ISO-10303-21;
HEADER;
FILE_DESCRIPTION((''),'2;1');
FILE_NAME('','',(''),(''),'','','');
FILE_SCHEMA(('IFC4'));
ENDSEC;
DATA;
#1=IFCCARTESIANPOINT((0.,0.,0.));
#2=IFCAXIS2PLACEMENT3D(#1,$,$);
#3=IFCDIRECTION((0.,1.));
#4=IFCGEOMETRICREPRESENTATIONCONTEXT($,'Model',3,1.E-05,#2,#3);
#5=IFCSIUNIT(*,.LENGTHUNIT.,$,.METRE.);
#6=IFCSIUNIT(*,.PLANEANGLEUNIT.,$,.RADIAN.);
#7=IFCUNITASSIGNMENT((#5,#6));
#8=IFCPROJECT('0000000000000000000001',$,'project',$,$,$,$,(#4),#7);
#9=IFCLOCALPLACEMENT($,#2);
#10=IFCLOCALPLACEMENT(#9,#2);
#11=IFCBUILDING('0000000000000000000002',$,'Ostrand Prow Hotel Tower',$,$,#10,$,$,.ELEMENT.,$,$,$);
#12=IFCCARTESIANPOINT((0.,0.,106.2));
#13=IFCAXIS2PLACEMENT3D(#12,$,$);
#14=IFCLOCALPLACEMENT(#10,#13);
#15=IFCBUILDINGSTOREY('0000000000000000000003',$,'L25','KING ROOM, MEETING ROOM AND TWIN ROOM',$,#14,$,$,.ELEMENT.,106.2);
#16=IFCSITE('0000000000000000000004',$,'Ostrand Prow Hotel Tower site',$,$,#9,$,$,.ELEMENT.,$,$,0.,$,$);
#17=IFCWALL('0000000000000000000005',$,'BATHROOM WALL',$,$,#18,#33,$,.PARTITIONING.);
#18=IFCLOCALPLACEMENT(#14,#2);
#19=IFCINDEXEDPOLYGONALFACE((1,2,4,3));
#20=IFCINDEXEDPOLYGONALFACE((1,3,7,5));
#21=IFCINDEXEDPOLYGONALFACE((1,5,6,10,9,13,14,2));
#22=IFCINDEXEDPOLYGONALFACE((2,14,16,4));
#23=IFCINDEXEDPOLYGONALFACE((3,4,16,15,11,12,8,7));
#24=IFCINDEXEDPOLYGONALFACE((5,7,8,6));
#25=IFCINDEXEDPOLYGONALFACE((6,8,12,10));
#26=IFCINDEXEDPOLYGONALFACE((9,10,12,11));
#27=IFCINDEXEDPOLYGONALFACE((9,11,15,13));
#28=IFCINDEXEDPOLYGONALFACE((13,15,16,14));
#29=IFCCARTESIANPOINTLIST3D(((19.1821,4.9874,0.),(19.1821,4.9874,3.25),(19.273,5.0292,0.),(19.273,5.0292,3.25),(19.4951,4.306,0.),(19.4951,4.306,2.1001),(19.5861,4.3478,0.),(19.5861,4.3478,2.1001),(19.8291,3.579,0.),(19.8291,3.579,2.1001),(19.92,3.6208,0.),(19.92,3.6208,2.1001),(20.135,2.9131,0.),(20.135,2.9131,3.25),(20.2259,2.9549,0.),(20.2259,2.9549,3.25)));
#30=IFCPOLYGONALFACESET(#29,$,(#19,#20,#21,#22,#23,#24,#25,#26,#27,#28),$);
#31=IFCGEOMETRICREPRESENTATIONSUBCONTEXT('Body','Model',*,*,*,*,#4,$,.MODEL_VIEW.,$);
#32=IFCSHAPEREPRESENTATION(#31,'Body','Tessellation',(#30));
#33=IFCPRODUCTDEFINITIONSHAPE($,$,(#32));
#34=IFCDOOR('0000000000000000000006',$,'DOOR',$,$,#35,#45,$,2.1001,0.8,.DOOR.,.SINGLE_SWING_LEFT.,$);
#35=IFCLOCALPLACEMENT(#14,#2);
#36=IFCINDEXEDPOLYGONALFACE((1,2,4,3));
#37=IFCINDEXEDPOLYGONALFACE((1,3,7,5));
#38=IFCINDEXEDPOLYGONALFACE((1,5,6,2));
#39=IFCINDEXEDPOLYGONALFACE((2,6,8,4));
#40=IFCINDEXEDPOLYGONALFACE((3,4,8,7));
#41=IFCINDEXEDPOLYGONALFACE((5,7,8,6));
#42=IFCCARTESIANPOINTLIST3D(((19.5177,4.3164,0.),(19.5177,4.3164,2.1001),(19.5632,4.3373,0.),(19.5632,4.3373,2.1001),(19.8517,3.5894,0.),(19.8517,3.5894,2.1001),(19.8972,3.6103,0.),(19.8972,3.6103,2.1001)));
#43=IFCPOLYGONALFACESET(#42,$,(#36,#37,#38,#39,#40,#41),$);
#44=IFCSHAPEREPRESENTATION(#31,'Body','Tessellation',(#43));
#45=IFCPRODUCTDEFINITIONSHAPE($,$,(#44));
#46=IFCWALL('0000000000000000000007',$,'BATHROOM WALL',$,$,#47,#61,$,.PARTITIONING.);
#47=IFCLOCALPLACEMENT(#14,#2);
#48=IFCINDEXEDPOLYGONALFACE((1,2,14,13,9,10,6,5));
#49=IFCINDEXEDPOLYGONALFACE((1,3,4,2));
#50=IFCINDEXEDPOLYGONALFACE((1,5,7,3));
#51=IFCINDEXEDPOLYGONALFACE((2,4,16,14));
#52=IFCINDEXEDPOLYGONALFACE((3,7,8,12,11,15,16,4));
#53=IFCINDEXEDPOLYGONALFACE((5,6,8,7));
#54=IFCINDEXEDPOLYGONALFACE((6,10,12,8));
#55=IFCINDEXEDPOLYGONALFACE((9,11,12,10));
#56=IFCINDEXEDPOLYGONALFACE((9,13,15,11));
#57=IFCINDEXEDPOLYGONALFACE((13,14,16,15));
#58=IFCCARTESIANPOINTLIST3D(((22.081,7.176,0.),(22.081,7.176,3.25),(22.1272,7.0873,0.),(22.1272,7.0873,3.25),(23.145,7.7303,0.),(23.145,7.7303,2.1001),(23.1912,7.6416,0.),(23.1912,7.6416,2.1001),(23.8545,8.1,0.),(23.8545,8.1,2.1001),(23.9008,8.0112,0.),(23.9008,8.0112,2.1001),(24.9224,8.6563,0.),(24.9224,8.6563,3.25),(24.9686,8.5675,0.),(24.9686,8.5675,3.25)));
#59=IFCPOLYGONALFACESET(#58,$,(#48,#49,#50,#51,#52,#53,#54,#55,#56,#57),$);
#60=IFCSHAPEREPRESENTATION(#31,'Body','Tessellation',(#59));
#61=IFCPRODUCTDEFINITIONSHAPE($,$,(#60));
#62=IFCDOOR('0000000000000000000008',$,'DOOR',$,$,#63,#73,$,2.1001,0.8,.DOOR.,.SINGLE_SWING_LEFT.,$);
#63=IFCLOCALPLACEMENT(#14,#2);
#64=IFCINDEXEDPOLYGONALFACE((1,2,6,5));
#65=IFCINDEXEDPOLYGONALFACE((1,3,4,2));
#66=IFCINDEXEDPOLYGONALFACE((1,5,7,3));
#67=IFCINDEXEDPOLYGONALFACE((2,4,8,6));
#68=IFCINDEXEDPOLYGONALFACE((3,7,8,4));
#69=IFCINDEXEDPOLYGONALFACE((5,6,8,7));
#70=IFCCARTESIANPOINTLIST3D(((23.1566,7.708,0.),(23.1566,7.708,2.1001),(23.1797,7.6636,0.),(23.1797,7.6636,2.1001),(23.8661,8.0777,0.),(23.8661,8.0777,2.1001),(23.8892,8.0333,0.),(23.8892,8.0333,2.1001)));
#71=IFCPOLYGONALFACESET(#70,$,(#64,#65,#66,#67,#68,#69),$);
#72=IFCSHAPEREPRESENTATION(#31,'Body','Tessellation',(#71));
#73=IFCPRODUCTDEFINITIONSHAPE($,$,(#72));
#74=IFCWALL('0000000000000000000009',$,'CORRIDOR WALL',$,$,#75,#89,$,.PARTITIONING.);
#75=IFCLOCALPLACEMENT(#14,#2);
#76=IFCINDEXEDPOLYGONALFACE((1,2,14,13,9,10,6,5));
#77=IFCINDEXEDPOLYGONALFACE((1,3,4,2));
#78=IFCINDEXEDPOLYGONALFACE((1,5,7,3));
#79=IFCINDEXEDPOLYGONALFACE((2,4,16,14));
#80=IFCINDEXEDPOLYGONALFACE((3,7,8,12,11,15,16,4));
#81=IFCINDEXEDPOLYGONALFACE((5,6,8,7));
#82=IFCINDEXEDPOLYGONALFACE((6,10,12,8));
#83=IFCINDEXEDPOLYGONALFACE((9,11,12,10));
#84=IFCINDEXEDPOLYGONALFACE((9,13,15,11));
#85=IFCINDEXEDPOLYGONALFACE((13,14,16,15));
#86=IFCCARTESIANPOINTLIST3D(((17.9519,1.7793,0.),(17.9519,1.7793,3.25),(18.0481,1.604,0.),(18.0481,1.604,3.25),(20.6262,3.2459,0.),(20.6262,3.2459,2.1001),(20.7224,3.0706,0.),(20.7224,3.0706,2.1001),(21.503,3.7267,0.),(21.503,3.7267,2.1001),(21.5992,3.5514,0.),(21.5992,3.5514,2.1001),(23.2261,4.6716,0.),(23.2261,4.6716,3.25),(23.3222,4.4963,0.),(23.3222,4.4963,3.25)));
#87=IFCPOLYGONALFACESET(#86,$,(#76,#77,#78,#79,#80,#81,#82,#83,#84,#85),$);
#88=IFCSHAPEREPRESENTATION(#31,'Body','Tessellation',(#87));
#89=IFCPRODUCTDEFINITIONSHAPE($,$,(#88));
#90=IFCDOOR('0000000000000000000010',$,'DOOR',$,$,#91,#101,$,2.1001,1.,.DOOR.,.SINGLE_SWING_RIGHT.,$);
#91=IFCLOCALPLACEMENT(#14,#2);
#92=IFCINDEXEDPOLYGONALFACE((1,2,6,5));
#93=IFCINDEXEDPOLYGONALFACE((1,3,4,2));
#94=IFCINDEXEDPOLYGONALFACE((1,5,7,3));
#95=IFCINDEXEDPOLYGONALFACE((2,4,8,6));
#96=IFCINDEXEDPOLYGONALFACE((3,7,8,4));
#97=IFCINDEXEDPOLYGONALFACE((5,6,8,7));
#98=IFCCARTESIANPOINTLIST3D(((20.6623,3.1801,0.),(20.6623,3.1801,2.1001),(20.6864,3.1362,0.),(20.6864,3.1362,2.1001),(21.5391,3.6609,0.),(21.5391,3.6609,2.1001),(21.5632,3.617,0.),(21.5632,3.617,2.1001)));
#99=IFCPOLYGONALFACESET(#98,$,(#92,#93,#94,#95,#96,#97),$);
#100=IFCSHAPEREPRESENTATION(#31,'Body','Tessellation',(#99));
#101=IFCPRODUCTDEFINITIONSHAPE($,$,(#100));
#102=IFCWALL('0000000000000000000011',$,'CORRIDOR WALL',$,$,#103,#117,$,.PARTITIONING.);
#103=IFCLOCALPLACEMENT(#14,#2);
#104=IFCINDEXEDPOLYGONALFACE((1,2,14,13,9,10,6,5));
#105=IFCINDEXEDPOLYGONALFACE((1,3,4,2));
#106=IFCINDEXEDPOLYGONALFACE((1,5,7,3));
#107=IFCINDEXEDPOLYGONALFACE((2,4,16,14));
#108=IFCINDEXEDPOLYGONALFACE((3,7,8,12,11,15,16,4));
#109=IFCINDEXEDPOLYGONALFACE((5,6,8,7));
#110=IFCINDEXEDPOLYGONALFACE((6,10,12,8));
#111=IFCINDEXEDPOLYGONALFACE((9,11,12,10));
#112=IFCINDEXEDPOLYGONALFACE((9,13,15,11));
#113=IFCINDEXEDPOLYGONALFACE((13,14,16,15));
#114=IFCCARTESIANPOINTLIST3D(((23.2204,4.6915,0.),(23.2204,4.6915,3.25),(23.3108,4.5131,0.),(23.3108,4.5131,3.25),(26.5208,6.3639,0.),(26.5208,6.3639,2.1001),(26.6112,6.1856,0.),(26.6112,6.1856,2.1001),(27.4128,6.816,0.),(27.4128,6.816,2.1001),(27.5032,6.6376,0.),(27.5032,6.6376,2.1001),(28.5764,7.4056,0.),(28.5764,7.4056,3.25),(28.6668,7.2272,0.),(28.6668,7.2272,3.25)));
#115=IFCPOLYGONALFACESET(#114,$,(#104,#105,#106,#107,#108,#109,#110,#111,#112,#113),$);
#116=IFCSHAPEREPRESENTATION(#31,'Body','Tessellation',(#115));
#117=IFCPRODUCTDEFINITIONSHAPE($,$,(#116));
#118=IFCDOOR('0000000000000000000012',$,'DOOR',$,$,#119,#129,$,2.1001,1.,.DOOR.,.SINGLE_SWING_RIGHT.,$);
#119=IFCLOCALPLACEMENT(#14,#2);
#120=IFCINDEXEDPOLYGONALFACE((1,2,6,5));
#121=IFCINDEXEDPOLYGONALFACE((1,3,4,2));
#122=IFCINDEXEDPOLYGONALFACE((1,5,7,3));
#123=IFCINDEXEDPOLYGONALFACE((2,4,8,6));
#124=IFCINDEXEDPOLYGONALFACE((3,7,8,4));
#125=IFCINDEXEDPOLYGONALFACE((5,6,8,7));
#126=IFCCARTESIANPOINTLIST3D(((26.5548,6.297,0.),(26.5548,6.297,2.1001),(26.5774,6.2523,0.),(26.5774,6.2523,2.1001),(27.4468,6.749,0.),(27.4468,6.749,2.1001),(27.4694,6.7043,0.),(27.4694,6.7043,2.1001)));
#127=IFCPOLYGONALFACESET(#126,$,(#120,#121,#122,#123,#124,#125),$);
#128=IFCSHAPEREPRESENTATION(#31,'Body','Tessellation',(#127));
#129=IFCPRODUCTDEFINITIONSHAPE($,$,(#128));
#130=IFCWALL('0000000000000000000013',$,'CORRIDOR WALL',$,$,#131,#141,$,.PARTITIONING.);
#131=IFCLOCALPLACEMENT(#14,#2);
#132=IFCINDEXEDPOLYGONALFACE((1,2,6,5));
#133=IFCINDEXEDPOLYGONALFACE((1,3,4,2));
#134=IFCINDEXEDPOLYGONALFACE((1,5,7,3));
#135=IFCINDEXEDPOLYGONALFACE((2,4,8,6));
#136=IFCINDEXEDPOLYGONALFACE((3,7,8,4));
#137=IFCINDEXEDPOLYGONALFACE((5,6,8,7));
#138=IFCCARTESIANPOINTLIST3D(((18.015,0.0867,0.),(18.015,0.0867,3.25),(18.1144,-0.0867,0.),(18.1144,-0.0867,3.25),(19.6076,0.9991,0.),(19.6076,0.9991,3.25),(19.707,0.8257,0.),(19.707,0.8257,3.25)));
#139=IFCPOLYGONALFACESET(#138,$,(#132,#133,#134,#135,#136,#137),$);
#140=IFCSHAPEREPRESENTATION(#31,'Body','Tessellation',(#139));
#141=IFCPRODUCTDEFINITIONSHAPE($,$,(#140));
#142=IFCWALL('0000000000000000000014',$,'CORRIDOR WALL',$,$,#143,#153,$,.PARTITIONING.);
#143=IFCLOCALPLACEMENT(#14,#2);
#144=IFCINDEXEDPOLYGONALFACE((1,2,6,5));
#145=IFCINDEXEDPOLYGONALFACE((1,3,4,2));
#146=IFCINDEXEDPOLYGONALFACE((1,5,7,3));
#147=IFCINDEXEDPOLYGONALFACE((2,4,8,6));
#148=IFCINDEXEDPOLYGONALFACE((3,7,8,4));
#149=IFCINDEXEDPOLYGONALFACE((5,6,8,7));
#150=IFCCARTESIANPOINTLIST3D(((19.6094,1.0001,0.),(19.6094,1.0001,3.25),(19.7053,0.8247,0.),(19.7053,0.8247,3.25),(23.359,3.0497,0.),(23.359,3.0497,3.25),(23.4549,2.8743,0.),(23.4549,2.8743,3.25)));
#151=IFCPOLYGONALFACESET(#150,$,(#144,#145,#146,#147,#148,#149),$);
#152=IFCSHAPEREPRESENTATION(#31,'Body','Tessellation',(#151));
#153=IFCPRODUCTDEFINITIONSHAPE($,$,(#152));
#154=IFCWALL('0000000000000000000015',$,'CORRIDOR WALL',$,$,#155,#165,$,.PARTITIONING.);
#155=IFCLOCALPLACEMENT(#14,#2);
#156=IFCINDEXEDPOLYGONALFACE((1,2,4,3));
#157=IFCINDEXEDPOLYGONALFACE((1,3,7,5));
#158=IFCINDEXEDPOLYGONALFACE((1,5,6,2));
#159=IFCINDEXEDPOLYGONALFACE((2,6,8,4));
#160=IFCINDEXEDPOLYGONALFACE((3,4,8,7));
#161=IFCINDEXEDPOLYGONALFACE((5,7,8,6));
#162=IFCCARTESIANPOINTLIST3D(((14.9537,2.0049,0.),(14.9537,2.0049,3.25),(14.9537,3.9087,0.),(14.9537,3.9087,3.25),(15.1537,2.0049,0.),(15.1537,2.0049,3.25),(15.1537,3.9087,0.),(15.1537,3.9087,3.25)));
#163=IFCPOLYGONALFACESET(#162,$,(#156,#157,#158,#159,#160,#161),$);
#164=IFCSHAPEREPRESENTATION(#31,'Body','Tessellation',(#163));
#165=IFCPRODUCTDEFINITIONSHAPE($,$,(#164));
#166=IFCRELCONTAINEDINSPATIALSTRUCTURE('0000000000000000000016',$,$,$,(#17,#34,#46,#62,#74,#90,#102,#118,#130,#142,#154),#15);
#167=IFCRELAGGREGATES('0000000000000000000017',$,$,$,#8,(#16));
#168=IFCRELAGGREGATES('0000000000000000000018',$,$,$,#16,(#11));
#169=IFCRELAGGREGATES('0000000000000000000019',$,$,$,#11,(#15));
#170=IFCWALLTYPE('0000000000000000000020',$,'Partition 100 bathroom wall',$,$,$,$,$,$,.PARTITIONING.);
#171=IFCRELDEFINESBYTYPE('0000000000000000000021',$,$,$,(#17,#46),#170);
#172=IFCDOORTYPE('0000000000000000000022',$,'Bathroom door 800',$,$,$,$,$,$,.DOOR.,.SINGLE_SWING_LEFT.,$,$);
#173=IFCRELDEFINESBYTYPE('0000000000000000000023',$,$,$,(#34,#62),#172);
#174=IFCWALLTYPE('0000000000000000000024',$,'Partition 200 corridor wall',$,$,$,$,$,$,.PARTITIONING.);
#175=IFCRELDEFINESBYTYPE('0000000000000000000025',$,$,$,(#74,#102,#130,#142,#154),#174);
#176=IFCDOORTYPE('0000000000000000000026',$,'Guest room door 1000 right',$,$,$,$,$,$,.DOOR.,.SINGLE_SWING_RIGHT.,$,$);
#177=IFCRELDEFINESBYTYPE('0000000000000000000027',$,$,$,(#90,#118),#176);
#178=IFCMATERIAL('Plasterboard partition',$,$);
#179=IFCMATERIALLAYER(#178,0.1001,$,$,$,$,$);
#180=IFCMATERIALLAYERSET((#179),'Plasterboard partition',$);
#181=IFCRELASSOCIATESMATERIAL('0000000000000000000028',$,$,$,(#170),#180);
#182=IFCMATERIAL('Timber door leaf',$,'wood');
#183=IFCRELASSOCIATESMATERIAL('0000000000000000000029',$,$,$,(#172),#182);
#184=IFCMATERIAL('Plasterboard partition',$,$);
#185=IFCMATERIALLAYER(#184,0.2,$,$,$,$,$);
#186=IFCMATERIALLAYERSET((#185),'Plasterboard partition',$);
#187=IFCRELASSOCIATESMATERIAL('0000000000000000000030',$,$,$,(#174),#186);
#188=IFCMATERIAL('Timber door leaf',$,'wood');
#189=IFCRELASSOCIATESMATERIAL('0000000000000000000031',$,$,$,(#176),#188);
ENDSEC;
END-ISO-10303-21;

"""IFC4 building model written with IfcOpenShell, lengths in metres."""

from ifc_helpers import new_model, si_unit, direction, frame, frame_2d, origin, place, context, subcontext, project, spatial, rectangle, extrude, material, layer, layer_set, type_object, element, fill, save


model = new_model("IFC4")

# Units and contexts
model_context = context("Model", 3, precision=1e-05, world=origin(), true_north=direction((0.0, 1.0)))
body_context = subcontext(model_context, "Body", "Model", "MODEL_VIEW")
ifc_project = project(units=[si_unit("LENGTHUNIT", "METRE"), si_unit("PLANEANGLEUNIT", "RADIAN")], contexts=[model_context])

# Site, building, storey
site_placement = place(None, origin())
site = spatial("IfcSite", under=ifc_project, at=site_placement, Name="Ostrand Prow Hotel Tower site", CompositionType="ELEMENT", RefElevation=0.0)
building_placement = place(site_placement, origin())
building = spatial("IfcBuilding", under=site, at=building_placement, Name="Ostrand Prow Hotel Tower", CompositionType="ELEMENT")
storey_placement = place(building_placement, frame((0.0, 0.0, 106.2)))
storey = spatial("IfcBuildingStorey", under=building, at=storey_placement, Name="L25", Description="KING ROOM, MEETING ROOM AND TWIN ROOM", CompositionType="ELEMENT", Elevation=106.2)

# Shared definitions
ifc_material_1 = material(Name="Plasterboard partition")
ifc_layer_1 = layer(ifc_material_1, 0.1001)
ifc_layer_set_1 = layer_set([ifc_layer_1], Name="Plasterboard partition")
wall_type_1 = type_object("IfcWallType", Name="Partition 100 bathroom wall", PredefinedType="PARTITIONING", material=ifc_layer_set_1)

# Walls, openings, doors
wall_1_placement = place(storey_placement, frame((19.2275, 5.0083, 0.0), z_axis=(0.0, 0.0, 1.0), x_axis=(0.41745, -0.9087, 0.0)))
wall_1 = element("IfcWall", 1, at=wall_1_placement, inside=storey, type_object=wall_type_1, Name="BATHROOM WALL", PredefinedType="PARTITIONING", context=body_context, shape_type="SweptSolid", body=[
    extrude(rectangle(XDim=2.2827, YDim=0.1001, at=frame_2d((1.1414, 0.0))), origin(), (0.0, 0.0, 1.0), 3.25),
])
opening_1_placement = place(wall_1_placement, frame((0.75, 0.0, 0.0)))
opening_1 = element("IfcOpeningElement", 2, at=opening_1_placement, cuts=wall_1, PredefinedType="OPENING", context=body_context, shape_type="SweptSolid", body=[
    extrude(rectangle(XDim=0.8, YDim=2.1001, at=frame_2d((0.3999, 1.05))), frame((0.0, 0.0601, 0.0), z_axis=(0.0, -1.0, 0.0), x_axis=(1.0, 0.0, 0.0)), (0.0, 0.0, 1.0), 0.1201),
])
ifc_material_2 = material(Name="Timber door leaf", Category="wood")
door_type_1 = type_object("IfcDoorType", Name="Bathroom door 800", OperationType="SINGLE_SWING_LEFT", PredefinedType="DOOR", material=ifc_material_2)
door_1_placement = place(opening_1_placement, origin())
door_1 = element("IfcDoor", 3, at=door_1_placement, inside=storey, type_object=door_type_1, Name="DOOR", OperationType="SINGLE_SWING_LEFT", OverallHeight=2.1001, OverallWidth=0.8, PredefinedType="DOOR", context=body_context, shape_type="SweptSolid", body=[
    extrude(rectangle(XDim=0.8, YDim=2.1001, at=frame_2d((0.3999, 1.05))), frame((0.0, 0.0249, 0.0), z_axis=(0.0, -1.0, 0.0), x_axis=(1.0, 0.0, 0.0)), (0.0, 0.0, 1.0), 0.05),
])
fill(opening_1, door_1)
wall_2_placement = place(storey_placement, frame((22.104, 7.1316, 0.0), z_axis=(0.0, 0.0, 1.0), x_axis=(0.886866, 0.462027, 0.0)))
wall_2 = element("IfcWall", 4, at=wall_2_placement, inside=storey, type_object=wall_type_1, Name="BATHROOM WALL", PredefinedType="PARTITIONING", context=body_context, shape_type="SweptSolid", body=[
    extrude(rectangle(XDim=3.2039, YDim=0.1001, at=frame_2d((1.6021, 0.0))), origin(), (0.0, 0.0, 1.0), 3.25),
])
opening_2_placement = place(wall_2_placement, frame((1.2, 0.0, 0.0)))
opening_2 = element("IfcOpeningElement", 5, at=opening_2_placement, cuts=wall_2, PredefinedType="OPENING", context=body_context, shape_type="SweptSolid", body=[
    extrude(rectangle(XDim=0.8, YDim=2.1001, at=frame_2d((0.3999, 1.05))), frame((0.0, 0.0601, 0.0), z_axis=(0.0, -1.0, 0.0), x_axis=(1.0, 0.0, 0.0)), (0.0, 0.0, 1.0), 0.1201),
])
door_2_placement = place(opening_2_placement, origin())
door_2 = element("IfcDoor", 6, at=door_2_placement, inside=storey, type_object=door_type_1, Name="DOOR", OperationType="SINGLE_SWING_LEFT", OverallHeight=2.1001, OverallWidth=0.8, PredefinedType="DOOR", context=body_context, shape_type="SweptSolid", body=[
    extrude(rectangle(XDim=0.8, YDim=2.1001, at=frame_2d((0.3999, 1.05))), frame((0.0, 0.0249, 0.0), z_axis=(0.0, -1.0, 0.0), x_axis=(1.0, 0.0, 0.0)), (0.0, 0.0, 1.0), 0.05),
])
fill(opening_2, door_2)
ifc_material_3 = material(Name="Plasterboard partition")
ifc_layer_2 = layer(ifc_material_3, 0.2)
ifc_layer_set_2 = layer_set([ifc_layer_2], Name="Plasterboard partition")
wall_type_2 = type_object("IfcWallType", Name="Partition 200 corridor wall", PredefinedType="PARTITIONING", material=ifc_layer_set_2)
wall_3_placement = place(storey_placement, frame((18.0, 1.6917, 0.0), z_axis=(0.0, 0.0, 1.0), x_axis=(0.876809, 0.480839, 0.0)))
wall_3 = element("IfcWall", 7, at=wall_3_placement, inside=storey, type_object=wall_type_2, Name="CORRIDOR WALL", PredefinedType="PARTITIONING", context=body_context, shape_type="SweptSolid", body=[
    extrude(rectangle(XDim=6.0151, YDim=0.2, at=frame_2d((3.0076, 0.0))), origin(), (0.0, 0.0, 1.0), 3.25),
])
opening_3_placement = place(wall_3_placement, frame((3.05, 0.0, 0.0)))
opening_3 = element("IfcOpeningElement", 8, at=opening_3_placement, cuts=wall_3, PredefinedType="OPENING", context=body_context, shape_type="SweptSolid", body=[
    extrude(rectangle(XDim=1.0, YDim=2.1001, at=frame_2d((0.5, 1.05))), frame((0.0, 0.1099, 0.0), z_axis=(0.0, -1.0, 0.0), x_axis=(1.0, 0.0, 0.0)), (0.0, 0.0, 1.0), 0.22),
])
ifc_material_4 = material(Name="Timber door leaf", Category="wood")
door_type_2 = type_object("IfcDoorType", Name="Guest room door 1000 right", OperationType="SINGLE_SWING_RIGHT", PredefinedType="DOOR", material=ifc_material_4)
door_3_placement = place(opening_3_placement, origin())
door_3 = element("IfcDoor", 9, at=door_3_placement, inside=storey, type_object=door_type_2, Name="DOOR", OperationType="SINGLE_SWING_RIGHT", OverallHeight=2.1001, OverallWidth=1.0, PredefinedType="DOOR", context=body_context, shape_type="SweptSolid", body=[
    extrude(rectangle(XDim=1.0, YDim=2.1001, at=frame_2d((0.5, 1.05))), frame((0.0, 0.0249, 0.0), z_axis=(0.0, -1.0, 0.0), x_axis=(1.0, 0.0, 0.0)), (0.0, 0.0, 1.0), 0.05),
])
fill(opening_3, door_3)
wall_4_placement = place(storey_placement, frame((23.2656, 4.6023, 0.0), z_axis=(0.0, 0.0, 1.0), x_axis=(0.892007, 0.452021, 0.0)))
wall_4 = element("IfcWall", 10, at=wall_4_placement, inside=storey, type_object=wall_type_2, Name="CORRIDOR WALL", PredefinedType="PARTITIONING", context=body_context, shape_type="SweptSolid", body=[
    extrude(rectangle(XDim=6.0044, YDim=0.2, at=frame_2d((3.0022, 0.0))), origin(), (0.0, 0.0, 1.0), 3.25),
])
opening_4_placement = place(wall_4_placement, frame((3.7, 0.0, 0.0)))
opening_4 = element("IfcOpeningElement", 11, at=opening_4_placement, cuts=wall_4, PredefinedType="OPENING", context=body_context, shape_type="SweptSolid", body=[
    extrude(rectangle(XDim=1.0, YDim=2.1001, at=frame_2d((0.5, 1.05))), frame((0.0, 0.1099, 0.0), z_axis=(0.0, -1.0, 0.0), x_axis=(1.0, 0.0, 0.0)), (0.0, 0.0, 1.0), 0.22),
])
door_4_placement = place(opening_4_placement, origin())
door_4 = element("IfcDoor", 12, at=door_4_placement, inside=storey, type_object=door_type_2, Name="DOOR", OperationType="SINGLE_SWING_RIGHT", OverallHeight=2.1001, OverallWidth=1.0, PredefinedType="DOOR", context=body_context, shape_type="SweptSolid", body=[
    extrude(rectangle(XDim=1.0, YDim=2.1001, at=frame_2d((0.5, 1.05))), frame((0.0, 0.0249, 0.0), z_axis=(0.0, -1.0, 0.0), x_axis=(1.0, 0.0, 0.0)), (0.0, 0.0, 1.0), 0.05),
])
fill(opening_4, door_4)

# Walls
wall_5_placement = place(storey_placement, frame((18.0647, 0.0, 0.0), z_axis=(0.0, 0.0, 1.0), x_axis=(0.867694, 0.497098, 0.0)))
element("IfcWall", 13, at=wall_5_placement, inside=storey, type_object=wall_type_2, Name="CORRIDOR WALL", PredefinedType="PARTITIONING", context=body_context, shape_type="SweptSolid", body=[
    extrude(rectangle(XDim=1.8354, YDim=0.2, at=frame_2d((0.9177, 0.0))), origin(), (0.0, 0.0, 1.0), 3.25),
])
wall_6_placement = place(storey_placement, frame((19.6572, 0.9124, 0.0), z_axis=(0.0, 0.0, 1.0), x_axis=(0.877465, 0.479641, 0.0)))
element("IfcWall", 14, at=wall_6_placement, inside=storey, type_object=wall_type_2, Name="CORRIDOR WALL", PredefinedType="PARTITIONING", context=body_context, shape_type="SweptSolid", body=[
    extrude(rectangle(XDim=4.2732, YDim=0.2, at=frame_2d((2.1367, 0.0))), origin(), (0.0, 0.0, 1.0), 3.25),
])
wall_7_placement = place(storey_placement, frame((15.0537, 3.9087, 0.0), z_axis=(0.0, 0.0, 1.0), x_axis=(0.0, -1.0, 0.0)))
element("IfcWall", 15, at=wall_7_placement, inside=storey, type_object=wall_type_2, Name="CORRIDOR WALL", PredefinedType="PARTITIONING", context=body_context, shape_type="SweptSolid", body=[
    extrude(rectangle(XDim=1.9038, YDim=0.2, at=frame_2d((0.9519, 0.0))), origin(), (0.0, 0.0, 1.0), 3.25),
])

save(model, "model.ifc")
